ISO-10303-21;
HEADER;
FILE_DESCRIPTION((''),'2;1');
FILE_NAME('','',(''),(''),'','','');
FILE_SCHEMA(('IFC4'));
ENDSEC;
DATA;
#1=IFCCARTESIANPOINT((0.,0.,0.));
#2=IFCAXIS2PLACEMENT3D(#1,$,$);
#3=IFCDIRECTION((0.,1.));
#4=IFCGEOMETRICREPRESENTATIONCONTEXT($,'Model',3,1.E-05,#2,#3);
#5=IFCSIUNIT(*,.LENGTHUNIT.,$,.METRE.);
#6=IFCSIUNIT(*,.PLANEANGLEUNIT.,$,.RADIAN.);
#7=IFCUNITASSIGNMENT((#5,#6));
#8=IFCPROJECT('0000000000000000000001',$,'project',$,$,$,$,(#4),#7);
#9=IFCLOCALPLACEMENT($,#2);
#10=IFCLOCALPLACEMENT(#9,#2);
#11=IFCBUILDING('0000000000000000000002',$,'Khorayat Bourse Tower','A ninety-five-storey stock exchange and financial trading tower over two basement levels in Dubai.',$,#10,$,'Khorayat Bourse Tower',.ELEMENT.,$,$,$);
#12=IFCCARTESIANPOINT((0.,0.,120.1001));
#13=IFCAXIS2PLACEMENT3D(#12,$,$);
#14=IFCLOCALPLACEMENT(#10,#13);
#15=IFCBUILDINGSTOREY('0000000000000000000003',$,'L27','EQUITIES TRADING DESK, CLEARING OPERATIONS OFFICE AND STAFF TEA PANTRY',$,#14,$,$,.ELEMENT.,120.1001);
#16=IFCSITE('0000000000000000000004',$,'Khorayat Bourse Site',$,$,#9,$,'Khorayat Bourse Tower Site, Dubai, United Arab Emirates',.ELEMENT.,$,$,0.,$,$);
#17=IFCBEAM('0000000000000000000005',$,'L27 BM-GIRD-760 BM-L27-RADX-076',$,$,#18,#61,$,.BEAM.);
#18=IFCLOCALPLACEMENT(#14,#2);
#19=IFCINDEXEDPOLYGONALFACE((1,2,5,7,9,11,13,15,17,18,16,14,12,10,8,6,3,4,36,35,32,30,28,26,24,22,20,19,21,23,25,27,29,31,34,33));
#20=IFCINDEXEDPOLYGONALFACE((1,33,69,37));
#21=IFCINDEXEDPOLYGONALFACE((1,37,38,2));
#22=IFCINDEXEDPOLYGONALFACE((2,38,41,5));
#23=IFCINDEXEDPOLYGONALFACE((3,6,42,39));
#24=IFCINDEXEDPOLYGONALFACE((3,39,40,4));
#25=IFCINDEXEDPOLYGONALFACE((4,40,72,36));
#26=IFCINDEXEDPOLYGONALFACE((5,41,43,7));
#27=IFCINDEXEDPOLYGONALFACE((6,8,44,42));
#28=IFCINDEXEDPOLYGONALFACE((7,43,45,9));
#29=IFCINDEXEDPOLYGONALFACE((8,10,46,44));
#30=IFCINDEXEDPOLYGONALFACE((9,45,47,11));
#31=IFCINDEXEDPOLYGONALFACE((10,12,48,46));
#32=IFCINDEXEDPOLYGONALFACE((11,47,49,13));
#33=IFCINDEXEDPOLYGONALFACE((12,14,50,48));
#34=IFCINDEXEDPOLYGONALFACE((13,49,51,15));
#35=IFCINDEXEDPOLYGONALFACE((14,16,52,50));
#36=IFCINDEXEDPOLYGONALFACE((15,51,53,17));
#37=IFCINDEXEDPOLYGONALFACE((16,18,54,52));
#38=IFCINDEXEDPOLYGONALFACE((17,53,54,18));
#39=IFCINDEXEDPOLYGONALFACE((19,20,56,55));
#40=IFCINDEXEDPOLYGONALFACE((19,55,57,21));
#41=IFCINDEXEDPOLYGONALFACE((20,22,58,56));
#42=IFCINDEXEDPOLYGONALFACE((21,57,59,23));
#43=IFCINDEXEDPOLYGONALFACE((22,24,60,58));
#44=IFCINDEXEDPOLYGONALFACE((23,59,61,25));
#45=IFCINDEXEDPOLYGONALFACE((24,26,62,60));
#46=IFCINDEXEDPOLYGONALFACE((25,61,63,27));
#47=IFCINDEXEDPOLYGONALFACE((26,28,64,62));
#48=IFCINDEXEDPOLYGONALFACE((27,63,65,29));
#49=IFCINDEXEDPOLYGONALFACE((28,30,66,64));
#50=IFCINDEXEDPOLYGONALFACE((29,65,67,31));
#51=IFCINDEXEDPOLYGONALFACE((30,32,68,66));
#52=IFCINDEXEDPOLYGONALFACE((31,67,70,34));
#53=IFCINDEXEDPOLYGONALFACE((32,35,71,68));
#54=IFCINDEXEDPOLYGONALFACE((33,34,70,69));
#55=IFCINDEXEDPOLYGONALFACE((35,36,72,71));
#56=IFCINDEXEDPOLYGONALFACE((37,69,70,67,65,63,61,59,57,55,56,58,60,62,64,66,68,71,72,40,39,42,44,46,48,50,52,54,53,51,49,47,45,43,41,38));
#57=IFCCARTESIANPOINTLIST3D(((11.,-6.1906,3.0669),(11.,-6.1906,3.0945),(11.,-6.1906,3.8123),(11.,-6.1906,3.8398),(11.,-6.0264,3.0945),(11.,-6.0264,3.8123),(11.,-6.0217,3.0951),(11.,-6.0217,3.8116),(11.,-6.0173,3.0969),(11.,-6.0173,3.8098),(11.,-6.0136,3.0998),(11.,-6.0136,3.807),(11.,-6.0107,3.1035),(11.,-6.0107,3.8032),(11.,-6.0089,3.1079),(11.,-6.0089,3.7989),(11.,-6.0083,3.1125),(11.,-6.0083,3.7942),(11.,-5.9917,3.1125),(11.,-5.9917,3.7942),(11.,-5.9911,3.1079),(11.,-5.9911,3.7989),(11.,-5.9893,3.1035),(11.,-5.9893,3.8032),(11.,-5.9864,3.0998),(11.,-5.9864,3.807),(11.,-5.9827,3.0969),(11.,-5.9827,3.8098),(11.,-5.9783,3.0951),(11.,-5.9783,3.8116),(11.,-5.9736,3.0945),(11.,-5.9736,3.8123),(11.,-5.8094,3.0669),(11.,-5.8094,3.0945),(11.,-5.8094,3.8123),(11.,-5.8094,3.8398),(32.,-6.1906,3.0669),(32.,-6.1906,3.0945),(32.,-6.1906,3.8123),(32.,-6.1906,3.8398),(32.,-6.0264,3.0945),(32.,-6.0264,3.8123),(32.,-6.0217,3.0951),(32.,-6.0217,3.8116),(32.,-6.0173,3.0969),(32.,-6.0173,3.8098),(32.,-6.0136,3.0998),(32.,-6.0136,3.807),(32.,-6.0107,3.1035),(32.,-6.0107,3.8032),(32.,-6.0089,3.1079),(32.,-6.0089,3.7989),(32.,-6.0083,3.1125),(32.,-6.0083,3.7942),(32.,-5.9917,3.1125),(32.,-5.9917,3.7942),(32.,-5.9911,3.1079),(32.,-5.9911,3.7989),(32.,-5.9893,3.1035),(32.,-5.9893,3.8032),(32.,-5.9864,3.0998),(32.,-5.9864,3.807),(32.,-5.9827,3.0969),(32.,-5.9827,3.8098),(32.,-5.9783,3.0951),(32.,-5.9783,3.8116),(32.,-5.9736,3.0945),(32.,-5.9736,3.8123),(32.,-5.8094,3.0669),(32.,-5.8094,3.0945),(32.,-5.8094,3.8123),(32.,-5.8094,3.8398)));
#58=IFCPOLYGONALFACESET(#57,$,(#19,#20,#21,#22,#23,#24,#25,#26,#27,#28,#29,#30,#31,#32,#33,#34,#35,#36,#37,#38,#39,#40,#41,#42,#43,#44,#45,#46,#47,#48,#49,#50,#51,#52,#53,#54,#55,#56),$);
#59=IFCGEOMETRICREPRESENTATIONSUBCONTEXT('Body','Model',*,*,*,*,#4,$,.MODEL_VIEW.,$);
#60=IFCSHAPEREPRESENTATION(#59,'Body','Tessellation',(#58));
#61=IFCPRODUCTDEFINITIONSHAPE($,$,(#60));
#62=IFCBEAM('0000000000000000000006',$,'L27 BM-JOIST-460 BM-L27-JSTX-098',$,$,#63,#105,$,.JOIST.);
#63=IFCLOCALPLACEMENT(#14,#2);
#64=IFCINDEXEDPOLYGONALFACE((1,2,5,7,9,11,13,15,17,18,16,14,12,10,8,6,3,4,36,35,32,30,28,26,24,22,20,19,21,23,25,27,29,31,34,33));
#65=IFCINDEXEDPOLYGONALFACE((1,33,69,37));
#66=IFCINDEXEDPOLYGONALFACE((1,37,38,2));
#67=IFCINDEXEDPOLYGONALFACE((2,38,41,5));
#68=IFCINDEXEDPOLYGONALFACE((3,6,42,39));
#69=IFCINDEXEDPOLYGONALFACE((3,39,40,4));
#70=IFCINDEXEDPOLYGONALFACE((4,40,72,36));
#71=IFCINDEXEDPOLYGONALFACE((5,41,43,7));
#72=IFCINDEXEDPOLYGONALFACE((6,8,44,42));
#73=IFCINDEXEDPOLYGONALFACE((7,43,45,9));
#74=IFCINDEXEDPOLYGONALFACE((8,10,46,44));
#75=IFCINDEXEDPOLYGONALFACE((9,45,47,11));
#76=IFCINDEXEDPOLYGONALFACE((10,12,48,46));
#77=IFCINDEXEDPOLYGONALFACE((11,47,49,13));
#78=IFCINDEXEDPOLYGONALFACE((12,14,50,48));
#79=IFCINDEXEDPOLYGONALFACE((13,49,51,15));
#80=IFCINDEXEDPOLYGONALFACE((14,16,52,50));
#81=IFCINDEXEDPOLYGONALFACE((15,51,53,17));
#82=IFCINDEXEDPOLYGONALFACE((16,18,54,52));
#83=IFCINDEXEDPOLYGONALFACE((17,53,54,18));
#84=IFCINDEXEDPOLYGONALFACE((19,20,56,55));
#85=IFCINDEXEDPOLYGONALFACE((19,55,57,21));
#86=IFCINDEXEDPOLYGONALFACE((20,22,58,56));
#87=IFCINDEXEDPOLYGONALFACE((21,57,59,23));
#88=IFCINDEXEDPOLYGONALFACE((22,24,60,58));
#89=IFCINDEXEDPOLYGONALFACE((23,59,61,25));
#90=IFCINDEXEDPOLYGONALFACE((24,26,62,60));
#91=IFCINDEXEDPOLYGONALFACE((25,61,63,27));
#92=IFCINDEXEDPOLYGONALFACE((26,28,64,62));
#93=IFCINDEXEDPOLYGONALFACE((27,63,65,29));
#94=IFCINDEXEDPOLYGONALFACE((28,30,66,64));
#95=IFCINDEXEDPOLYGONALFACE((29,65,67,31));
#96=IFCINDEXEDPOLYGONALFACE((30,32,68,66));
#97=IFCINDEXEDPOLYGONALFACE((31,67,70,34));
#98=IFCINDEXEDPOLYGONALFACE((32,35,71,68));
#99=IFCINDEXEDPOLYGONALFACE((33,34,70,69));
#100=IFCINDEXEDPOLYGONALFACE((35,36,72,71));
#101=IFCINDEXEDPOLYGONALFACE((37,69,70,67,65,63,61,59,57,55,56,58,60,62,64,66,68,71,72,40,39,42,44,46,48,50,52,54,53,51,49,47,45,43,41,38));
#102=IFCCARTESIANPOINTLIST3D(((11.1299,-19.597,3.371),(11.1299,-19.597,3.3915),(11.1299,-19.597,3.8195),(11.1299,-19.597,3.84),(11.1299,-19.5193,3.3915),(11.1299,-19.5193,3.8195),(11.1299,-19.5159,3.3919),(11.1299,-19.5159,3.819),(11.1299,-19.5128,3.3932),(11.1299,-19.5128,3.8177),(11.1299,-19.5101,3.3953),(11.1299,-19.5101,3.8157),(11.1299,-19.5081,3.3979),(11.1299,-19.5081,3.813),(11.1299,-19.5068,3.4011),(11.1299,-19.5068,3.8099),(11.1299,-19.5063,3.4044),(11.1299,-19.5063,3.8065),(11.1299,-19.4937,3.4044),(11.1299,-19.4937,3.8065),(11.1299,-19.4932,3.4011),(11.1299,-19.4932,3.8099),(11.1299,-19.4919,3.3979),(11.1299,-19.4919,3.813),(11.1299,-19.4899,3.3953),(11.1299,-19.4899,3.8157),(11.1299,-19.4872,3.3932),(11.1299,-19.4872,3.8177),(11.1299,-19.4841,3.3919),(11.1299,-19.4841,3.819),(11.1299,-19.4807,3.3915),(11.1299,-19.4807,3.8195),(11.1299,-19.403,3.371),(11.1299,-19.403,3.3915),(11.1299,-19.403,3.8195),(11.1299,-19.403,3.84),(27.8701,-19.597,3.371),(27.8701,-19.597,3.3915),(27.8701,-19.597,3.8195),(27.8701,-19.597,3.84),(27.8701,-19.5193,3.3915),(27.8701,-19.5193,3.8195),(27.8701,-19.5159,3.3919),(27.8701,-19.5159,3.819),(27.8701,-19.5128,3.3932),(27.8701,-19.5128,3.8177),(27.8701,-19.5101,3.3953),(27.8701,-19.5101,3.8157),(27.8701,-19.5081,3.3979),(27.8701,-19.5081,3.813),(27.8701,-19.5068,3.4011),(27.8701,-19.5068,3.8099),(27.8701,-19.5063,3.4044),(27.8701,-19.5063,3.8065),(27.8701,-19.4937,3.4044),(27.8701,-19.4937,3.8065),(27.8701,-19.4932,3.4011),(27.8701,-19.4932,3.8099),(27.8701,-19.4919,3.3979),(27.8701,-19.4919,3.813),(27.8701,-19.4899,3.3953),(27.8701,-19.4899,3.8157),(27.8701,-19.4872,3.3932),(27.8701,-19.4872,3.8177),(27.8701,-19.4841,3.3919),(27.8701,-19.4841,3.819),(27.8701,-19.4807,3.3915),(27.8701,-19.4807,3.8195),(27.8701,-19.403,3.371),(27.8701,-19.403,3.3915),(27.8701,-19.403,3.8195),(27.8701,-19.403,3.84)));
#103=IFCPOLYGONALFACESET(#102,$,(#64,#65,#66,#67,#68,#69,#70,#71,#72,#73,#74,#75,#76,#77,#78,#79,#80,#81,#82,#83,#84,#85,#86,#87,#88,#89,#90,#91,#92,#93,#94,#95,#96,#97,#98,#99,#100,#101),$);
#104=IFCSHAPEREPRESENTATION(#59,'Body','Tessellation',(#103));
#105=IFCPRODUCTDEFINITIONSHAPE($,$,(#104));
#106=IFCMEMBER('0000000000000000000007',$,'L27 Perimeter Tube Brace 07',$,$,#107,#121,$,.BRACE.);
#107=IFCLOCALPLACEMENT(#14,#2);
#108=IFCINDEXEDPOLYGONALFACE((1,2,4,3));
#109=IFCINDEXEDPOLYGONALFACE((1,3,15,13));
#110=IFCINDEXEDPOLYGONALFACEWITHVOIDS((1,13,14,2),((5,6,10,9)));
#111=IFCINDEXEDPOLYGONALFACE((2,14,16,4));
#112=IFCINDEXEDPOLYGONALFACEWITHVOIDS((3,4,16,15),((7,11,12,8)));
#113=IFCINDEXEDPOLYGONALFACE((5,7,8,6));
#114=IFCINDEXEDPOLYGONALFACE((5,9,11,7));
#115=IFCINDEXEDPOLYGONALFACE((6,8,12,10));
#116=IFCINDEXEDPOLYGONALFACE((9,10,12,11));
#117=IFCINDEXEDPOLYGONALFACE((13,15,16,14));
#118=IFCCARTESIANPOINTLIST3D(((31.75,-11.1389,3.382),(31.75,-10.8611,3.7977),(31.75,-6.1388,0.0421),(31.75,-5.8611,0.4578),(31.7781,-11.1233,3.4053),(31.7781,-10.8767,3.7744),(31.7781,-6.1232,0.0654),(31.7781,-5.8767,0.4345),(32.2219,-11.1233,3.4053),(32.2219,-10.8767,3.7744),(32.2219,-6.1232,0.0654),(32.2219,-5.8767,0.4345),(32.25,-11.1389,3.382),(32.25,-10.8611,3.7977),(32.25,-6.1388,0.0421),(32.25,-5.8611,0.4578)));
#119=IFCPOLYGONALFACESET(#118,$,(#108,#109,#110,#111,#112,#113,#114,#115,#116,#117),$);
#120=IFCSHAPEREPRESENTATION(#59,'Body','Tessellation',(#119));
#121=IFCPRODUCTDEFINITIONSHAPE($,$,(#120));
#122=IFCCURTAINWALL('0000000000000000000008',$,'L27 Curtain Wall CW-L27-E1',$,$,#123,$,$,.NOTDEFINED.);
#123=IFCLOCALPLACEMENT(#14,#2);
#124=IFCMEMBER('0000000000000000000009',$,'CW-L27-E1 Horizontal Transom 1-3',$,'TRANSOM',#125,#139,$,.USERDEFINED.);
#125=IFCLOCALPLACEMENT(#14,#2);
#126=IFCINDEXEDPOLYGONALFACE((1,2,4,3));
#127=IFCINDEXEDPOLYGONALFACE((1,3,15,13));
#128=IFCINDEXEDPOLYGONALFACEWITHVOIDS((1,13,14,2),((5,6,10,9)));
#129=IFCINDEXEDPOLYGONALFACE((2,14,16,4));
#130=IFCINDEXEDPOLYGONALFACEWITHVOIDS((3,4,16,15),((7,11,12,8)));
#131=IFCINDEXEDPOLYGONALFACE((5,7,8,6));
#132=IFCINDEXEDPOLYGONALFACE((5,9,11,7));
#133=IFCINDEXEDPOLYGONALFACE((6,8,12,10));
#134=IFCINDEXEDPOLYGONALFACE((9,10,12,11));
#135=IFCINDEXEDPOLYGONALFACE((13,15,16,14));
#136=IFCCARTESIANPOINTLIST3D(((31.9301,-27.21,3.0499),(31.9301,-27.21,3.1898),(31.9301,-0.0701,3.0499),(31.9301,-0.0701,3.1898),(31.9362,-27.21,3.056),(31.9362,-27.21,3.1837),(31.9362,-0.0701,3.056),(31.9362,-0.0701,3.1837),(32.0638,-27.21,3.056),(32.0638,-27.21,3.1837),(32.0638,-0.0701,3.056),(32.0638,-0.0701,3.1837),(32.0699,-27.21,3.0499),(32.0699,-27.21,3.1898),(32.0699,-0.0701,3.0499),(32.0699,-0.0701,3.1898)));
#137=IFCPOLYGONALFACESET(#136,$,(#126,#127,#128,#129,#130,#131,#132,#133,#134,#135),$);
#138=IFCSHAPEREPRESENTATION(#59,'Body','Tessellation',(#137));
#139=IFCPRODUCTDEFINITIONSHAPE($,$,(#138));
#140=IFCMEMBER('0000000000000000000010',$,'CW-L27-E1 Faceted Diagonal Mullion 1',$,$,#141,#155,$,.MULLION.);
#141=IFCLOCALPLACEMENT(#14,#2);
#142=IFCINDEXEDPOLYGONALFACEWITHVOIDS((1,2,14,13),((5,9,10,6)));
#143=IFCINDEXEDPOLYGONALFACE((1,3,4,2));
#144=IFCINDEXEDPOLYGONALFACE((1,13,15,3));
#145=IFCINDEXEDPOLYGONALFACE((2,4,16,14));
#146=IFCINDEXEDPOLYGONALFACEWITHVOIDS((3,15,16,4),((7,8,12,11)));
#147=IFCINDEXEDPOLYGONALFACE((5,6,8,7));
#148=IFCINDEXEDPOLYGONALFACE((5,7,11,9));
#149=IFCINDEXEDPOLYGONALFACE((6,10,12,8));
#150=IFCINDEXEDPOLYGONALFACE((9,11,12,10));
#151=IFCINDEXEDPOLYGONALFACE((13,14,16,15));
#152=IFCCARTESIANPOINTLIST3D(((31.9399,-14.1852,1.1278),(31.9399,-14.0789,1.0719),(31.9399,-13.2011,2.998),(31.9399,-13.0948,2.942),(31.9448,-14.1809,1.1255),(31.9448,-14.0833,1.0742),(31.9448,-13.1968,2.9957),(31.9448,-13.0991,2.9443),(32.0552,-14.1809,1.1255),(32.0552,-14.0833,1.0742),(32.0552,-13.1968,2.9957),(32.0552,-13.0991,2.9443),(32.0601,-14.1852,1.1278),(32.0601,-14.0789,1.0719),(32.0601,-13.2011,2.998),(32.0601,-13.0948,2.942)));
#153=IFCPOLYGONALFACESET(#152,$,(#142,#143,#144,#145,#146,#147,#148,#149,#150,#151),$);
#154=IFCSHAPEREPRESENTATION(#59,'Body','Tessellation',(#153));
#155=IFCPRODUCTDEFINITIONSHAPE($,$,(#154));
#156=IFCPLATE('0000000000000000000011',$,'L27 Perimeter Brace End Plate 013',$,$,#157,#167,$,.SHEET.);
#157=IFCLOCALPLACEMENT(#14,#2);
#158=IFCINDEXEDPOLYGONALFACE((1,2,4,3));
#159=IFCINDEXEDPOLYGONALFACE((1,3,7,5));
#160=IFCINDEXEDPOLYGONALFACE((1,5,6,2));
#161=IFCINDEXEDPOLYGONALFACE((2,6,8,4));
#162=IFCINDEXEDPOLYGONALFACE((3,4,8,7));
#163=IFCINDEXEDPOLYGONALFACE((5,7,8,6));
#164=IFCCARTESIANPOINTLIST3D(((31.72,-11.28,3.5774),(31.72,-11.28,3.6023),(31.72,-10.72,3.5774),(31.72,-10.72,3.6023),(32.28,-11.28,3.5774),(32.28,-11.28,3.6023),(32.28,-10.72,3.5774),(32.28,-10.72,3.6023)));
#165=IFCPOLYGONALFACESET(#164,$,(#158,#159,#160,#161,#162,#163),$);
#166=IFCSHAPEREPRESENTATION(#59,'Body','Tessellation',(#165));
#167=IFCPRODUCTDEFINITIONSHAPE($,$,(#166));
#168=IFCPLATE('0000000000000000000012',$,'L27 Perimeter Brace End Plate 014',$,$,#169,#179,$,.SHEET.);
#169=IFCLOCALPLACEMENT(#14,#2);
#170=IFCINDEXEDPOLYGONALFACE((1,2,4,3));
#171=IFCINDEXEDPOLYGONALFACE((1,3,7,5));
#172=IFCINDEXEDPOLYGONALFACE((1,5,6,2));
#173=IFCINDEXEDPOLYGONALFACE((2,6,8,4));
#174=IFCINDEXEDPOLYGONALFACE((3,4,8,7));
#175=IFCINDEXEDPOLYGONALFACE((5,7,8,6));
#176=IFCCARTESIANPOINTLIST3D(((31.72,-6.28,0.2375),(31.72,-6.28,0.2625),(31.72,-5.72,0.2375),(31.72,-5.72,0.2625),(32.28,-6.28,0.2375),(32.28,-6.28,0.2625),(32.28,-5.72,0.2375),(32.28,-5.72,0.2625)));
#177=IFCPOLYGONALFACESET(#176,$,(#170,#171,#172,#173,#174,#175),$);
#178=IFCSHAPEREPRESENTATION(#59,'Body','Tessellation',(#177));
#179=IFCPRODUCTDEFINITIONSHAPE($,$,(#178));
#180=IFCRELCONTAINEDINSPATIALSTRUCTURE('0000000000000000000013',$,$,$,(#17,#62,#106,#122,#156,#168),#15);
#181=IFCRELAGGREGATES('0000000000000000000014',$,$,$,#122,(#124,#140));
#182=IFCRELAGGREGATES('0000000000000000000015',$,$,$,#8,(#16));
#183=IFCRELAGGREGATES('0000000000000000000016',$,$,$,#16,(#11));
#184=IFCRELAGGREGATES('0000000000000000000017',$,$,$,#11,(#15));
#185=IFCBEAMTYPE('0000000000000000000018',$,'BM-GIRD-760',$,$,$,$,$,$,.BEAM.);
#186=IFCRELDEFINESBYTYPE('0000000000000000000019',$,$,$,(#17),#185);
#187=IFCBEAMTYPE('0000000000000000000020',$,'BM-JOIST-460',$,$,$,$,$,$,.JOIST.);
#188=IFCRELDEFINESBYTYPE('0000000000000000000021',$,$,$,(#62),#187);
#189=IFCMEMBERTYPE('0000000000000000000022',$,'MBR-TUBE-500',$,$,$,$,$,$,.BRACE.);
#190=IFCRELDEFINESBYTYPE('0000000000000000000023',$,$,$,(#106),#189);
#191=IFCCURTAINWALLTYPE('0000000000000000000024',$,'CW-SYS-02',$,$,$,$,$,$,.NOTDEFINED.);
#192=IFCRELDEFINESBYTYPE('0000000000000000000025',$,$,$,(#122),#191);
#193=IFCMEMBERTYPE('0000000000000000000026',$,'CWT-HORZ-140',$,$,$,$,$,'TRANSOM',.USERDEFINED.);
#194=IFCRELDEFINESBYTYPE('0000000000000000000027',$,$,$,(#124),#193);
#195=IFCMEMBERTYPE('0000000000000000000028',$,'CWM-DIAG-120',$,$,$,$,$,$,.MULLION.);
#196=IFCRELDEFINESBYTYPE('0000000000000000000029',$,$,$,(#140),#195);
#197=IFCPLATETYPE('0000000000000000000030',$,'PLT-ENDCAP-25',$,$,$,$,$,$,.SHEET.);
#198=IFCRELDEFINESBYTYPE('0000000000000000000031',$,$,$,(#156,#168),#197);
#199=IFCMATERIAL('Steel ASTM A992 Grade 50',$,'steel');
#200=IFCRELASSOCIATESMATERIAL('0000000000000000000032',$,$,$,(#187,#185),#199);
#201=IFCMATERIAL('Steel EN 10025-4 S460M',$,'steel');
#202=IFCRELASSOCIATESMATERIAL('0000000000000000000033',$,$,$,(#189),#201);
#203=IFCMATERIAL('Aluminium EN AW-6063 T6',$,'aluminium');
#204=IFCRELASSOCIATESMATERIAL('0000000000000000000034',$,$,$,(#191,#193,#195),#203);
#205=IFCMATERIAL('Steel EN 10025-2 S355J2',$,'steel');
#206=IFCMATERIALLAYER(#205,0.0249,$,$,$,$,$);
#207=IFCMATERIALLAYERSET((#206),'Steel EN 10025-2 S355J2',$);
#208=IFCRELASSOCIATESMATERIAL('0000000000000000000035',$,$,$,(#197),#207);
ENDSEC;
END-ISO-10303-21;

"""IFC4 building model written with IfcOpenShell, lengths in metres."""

from ifc_helpers import new_model, si_unit, direction, frame, origin, origin_2d, place, context, subcontext, project, spatial, rectangle, hollow_rectangle, i_section, extrude, source, transform, mapped, material, layer, layer_set, material_profile, profile_set, type_object, element, aggregate, save


model = new_model("IFC4")

# Units and contexts
model_context = context("Model", 3, precision=1e-05, world=origin(), true_north=direction((0.0, 1.0)))
body_context = subcontext(model_context, "Body", "Model", "MODEL_VIEW")
ifc_project = project(units=[si_unit("LENGTHUNIT", "METRE"), si_unit("PLANEANGLEUNIT", "RADIAN")], contexts=[model_context])

# Site, building, storey
site_placement = place(None, origin())
site = spatial("IfcSite", under=ifc_project, at=site_placement, Name="Khorayat Bourse Site", LongName="Khorayat Bourse Tower Site, Dubai, United Arab Emirates", CompositionType="ELEMENT", RefElevation=0.0)
building_placement = place(site_placement, origin())
building = spatial("IfcBuilding", under=site, at=building_placement, Name="Khorayat Bourse Tower", Description="A ninety-five-storey stock exchange and financial trading tower over two basement levels in Dubai.", LongName="Khorayat Bourse Tower", CompositionType="ELEMENT")
storey_placement = place(building_placement, frame((0.0, 0.0, 120.1001)))
storey = spatial("IfcBuildingStorey", under=building, at=storey_placement, Name="L27", Description="EQUITIES TRADING DESK, CLEARING OPERATIONS OFFICE AND STAFF TEA PANTRY", CompositionType="ELEMENT", Elevation=120.1001)

# Shared definitions
ifc_material_1 = material(Name="Steel EN 10025-4 S460M", Category="steel")

# Beams
ifc_material_2 = material(Name="Steel ASTM A992 Grade 50", Category="steel")
ifc_material_profile_1 = material_profile(ifc_material_2, i_section(OverallWidth=0.1941, OverallDepth=0.469, WebThickness=0.0127, FlangeThickness=0.0205, FilletRadius=0.0129, at=origin_2d()), Name="W460X106")
ifc_profile_set_1 = profile_set([ifc_material_profile_1], Name="Steel ASTM A992 Grade 50")
beam_type_1 = type_object("IfcBeamType", Name="BM-JOIST-460", PredefinedType="JOIST", material=ifc_profile_set_1)
ifc_material_profile_2 = material_profile(ifc_material_2, i_section(OverallWidth=0.3811, OverallDepth=0.7729, WebThickness=0.0166, FlangeThickness=0.0276, FilletRadius=0.0181, at=origin_2d()), Name="W760X257")
ifc_profile_set_2 = profile_set([ifc_material_profile_2], Name="Steel ASTM A992 Grade 50")
beam_type_2 = type_object("IfcBeamType", Name="BM-GIRD-760", PredefinedType="BEAM", material=ifc_profile_set_2)
shared_shape_1 = source(origin(), body_context, "Body", "SweptSolid", [
    extrude(i_section(OverallWidth=0.3811, OverallDepth=0.7729, WebThickness=0.0166, FlangeThickness=0.0276, FilletRadius=0.0181, at=origin_2d()), origin(), (0.0, 0.0, 1.0), 21.0),
])
beam_1_placement = place(storey_placement, frame((11.0, -6.0, 3.4534), z_axis=(1.0, 0.0, 0.0), x_axis=(0.0, 1.0, 0.0)))
element("IfcBeam", 1, at=beam_1_placement, inside=storey, type_object=beam_type_2, Name="L27 BM-GIRD-760 BM-L27-RADX-076", PredefinedType="BEAM", context=body_context, shape_type="MappedRepresentation", body=[
    mapped(shared_shape_1, transform((0.0, 0.0, 0.0), scale=1.0)),
])
shared_shape_2 = source(origin(), body_context, "Body", "SweptSolid", [
    extrude(i_section(OverallWidth=0.1941, OverallDepth=0.469, WebThickness=0.0127, FlangeThickness=0.0205, FilletRadius=0.0129, at=origin_2d()), origin(), (0.0, 0.0, 1.0), 16.7402),
])
beam_2_placement = place(storey_placement, frame((11.1299, -19.5, 3.6055), z_axis=(1.0, 0.0, 0.0), x_axis=(0.0, 1.0, 0.0)))
element("IfcBeam", 2, at=beam_2_placement, inside=storey, type_object=beam_type_1, Name="L27 BM-JOIST-460 BM-L27-JSTX-098", PredefinedType="JOIST", context=body_context, shape_type="MappedRepresentation", body=[
    mapped(shared_shape_2, transform((0.0, 0.0, 0.0), scale=1.0)),
])

# Member
ifc_material_profile_3 = material_profile(ifc_material_1, hollow_rectangle(XDim=0.5, YDim=0.5, WallThickness=0.0281, at=origin_2d()), Name="HSS 500x500x28")
ifc_profile_set_3 = profile_set([ifc_material_profile_3], Name="Steel EN 10025-4 S460M")
member_type_1 = type_object("IfcMemberType", Name="MBR-TUBE-500", PredefinedType="BRACE", material=ifc_profile_set_3)
shared_shape_3 = source(origin(), body_context, "Body", "SweptSolid", [
    extrude(hollow_rectangle(XDim=0.5, YDim=0.5, WallThickness=0.0281, at=origin_2d()), origin(), (0.0, 0.0, 1.0), 6.0129),
])
member_1_placement = place(storey_placement, frame((32.0, -11.0, 3.5898), z_axis=(0.0, 0.83155, -0.55545), x_axis=(-1.0, 0.0, 0.0)))
element("IfcMember", 3, at=member_1_placement, inside=storey, type_object=member_type_1, Name="L27 Perimeter Tube Brace 07", PredefinedType="BRACE", context=body_context, shape_type="MappedRepresentation", body=[
    mapped(shared_shape_3, transform((0.0, 0.0, 0.0), scale=1.0)),
])

# Curtain wall, members
ifc_material_3 = material(Name="Aluminium EN AW-6063 T6", Category="aluminium")
curtain_wall_type = type_object("IfcCurtainWallType", Name="CW-SYS-02", PredefinedType="NOTDEFINED", material=ifc_material_3)
curtain_wall_placement = place(storey_placement, origin())
curtain_wall = element("IfcCurtainWall", 4, at=curtain_wall_placement, inside=storey, type_object=curtain_wall_type, Name="L27 Curtain Wall CW-L27-E1", PredefinedType="NOTDEFINED")
ifc_material_profile_4 = material_profile(ifc_material_3, hollow_rectangle(XDim=0.1399, YDim=0.1399, WallThickness=0.0061, at=origin_2d()), Name="ALU 140x140x6")
ifc_profile_set_4 = profile_set([ifc_material_profile_4], Name="Aluminium EN AW-6063 T6")
member_type_2 = type_object("IfcMemberType", Name="CWT-HORZ-140", ElementType="TRANSOM", PredefinedType="USERDEFINED", material=ifc_profile_set_4)
shared_shape_4 = source(origin(), body_context, "Body", "SweptSolid", [
    extrude(hollow_rectangle(XDim=0.1399, YDim=0.1399, WallThickness=0.0061, at=origin_2d()), origin(), (0.0, 0.0, 1.0), 27.1399),
])
member_2_placement = place(storey_placement, frame((32.0, -27.21, 3.1199), z_axis=(0.0, 1.0, 0.0), x_axis=(-1.0, 0.0, 0.0)))
member_2 = element("IfcMember", 5, at=member_2_placement, type_object=member_type_2, Name="CW-L27-E1 Horizontal Transom 1-3", ObjectType="TRANSOM", PredefinedType="USERDEFINED", context=body_context, shape_type="MappedRepresentation", body=[
    mapped(shared_shape_4, transform((0.0, 0.0, 0.0), scale=1.0)),
])
ifc_material_profile_5 = material_profile(ifc_material_3, hollow_rectangle(XDim=0.1201, YDim=0.1201, WallThickness=0.0049, at=origin_2d()), Name="ALU 120x120x5")
ifc_profile_set_5 = profile_set([ifc_material_profile_5], Name="Aluminium EN AW-6063 T6")
member_type_3 = type_object("IfcMemberType", Name="CWM-DIAG-120", PredefinedType="MULLION", material=ifc_profile_set_5)
shared_shape_5 = source(origin(), body_context, "Body", "SweptSolid", [
    extrude(hollow_rectangle(XDim=0.1201, YDim=0.1201, WallThickness=0.0049, at=origin_2d()), origin(), (0.0, 0.0, 1.0), 2.1133),
])
member_3_placement = place(storey_placement, frame((32.0, -14.1321, 1.0999), z_axis=(0.0, 0.465694, 0.884946), x_axis=(-1.0, 0.0, 0.0)))
member_3 = element("IfcMember", 6, at=member_3_placement, type_object=member_type_3, Name="CW-L27-E1 Faceted Diagonal Mullion 1", PredefinedType="MULLION", context=body_context, shape_type="MappedRepresentation", body=[
    mapped(shared_shape_5, transform((0.0, 0.0, 0.0), scale=1.0)),
])

# Plates
ifc_material_4 = material(Name="Steel EN 10025-2 S355J2", Category="steel")
ifc_layer_1 = layer(ifc_material_4, 0.0249)
ifc_layer_set_1 = layer_set([ifc_layer_1], Name="Steel EN 10025-2 S355J2")
plate_type_1 = type_object("IfcPlateType", Name="PLT-ENDCAP-25", PredefinedType="SHEET", material=ifc_layer_set_1)
shared_shape_6 = source(origin(), body_context, "Body", "SweptSolid", [
    extrude(rectangle(XDim=0.5601, YDim=0.5601, at=origin_2d()), origin(), (0.0, 0.0, 1.0), 0.0249),
])
for number, where, z_axis, x_axis, name in (
    (7, (32.0, -11.0, 3.5774), (0.0, 0.0, 1.0), (1.0, 0.0, 0.0), "L27 Perimeter Brace End Plate 013"),
    (8, (32.0, -6.0, 0.2375), (0.0, 0.0, 1.0), (1.0, 0.0, 0.0), "L27 Perimeter Brace End Plate 014"),
):
    element("IfcPlate", number, at=place(storey_placement, frame(where, z_axis=z_axis, x_axis=x_axis)), inside=storey, type_object=plate_type_1, Name=name, PredefinedType="SHEET", context=body_context, shape_type="MappedRepresentation", body=[
        mapped(shared_shape_6, transform((0.0, 0.0, 0.0), scale=1.0)),
    ])

aggregate(curtain_wall, [member_2, member_3])

save(model, "model.ifc")
